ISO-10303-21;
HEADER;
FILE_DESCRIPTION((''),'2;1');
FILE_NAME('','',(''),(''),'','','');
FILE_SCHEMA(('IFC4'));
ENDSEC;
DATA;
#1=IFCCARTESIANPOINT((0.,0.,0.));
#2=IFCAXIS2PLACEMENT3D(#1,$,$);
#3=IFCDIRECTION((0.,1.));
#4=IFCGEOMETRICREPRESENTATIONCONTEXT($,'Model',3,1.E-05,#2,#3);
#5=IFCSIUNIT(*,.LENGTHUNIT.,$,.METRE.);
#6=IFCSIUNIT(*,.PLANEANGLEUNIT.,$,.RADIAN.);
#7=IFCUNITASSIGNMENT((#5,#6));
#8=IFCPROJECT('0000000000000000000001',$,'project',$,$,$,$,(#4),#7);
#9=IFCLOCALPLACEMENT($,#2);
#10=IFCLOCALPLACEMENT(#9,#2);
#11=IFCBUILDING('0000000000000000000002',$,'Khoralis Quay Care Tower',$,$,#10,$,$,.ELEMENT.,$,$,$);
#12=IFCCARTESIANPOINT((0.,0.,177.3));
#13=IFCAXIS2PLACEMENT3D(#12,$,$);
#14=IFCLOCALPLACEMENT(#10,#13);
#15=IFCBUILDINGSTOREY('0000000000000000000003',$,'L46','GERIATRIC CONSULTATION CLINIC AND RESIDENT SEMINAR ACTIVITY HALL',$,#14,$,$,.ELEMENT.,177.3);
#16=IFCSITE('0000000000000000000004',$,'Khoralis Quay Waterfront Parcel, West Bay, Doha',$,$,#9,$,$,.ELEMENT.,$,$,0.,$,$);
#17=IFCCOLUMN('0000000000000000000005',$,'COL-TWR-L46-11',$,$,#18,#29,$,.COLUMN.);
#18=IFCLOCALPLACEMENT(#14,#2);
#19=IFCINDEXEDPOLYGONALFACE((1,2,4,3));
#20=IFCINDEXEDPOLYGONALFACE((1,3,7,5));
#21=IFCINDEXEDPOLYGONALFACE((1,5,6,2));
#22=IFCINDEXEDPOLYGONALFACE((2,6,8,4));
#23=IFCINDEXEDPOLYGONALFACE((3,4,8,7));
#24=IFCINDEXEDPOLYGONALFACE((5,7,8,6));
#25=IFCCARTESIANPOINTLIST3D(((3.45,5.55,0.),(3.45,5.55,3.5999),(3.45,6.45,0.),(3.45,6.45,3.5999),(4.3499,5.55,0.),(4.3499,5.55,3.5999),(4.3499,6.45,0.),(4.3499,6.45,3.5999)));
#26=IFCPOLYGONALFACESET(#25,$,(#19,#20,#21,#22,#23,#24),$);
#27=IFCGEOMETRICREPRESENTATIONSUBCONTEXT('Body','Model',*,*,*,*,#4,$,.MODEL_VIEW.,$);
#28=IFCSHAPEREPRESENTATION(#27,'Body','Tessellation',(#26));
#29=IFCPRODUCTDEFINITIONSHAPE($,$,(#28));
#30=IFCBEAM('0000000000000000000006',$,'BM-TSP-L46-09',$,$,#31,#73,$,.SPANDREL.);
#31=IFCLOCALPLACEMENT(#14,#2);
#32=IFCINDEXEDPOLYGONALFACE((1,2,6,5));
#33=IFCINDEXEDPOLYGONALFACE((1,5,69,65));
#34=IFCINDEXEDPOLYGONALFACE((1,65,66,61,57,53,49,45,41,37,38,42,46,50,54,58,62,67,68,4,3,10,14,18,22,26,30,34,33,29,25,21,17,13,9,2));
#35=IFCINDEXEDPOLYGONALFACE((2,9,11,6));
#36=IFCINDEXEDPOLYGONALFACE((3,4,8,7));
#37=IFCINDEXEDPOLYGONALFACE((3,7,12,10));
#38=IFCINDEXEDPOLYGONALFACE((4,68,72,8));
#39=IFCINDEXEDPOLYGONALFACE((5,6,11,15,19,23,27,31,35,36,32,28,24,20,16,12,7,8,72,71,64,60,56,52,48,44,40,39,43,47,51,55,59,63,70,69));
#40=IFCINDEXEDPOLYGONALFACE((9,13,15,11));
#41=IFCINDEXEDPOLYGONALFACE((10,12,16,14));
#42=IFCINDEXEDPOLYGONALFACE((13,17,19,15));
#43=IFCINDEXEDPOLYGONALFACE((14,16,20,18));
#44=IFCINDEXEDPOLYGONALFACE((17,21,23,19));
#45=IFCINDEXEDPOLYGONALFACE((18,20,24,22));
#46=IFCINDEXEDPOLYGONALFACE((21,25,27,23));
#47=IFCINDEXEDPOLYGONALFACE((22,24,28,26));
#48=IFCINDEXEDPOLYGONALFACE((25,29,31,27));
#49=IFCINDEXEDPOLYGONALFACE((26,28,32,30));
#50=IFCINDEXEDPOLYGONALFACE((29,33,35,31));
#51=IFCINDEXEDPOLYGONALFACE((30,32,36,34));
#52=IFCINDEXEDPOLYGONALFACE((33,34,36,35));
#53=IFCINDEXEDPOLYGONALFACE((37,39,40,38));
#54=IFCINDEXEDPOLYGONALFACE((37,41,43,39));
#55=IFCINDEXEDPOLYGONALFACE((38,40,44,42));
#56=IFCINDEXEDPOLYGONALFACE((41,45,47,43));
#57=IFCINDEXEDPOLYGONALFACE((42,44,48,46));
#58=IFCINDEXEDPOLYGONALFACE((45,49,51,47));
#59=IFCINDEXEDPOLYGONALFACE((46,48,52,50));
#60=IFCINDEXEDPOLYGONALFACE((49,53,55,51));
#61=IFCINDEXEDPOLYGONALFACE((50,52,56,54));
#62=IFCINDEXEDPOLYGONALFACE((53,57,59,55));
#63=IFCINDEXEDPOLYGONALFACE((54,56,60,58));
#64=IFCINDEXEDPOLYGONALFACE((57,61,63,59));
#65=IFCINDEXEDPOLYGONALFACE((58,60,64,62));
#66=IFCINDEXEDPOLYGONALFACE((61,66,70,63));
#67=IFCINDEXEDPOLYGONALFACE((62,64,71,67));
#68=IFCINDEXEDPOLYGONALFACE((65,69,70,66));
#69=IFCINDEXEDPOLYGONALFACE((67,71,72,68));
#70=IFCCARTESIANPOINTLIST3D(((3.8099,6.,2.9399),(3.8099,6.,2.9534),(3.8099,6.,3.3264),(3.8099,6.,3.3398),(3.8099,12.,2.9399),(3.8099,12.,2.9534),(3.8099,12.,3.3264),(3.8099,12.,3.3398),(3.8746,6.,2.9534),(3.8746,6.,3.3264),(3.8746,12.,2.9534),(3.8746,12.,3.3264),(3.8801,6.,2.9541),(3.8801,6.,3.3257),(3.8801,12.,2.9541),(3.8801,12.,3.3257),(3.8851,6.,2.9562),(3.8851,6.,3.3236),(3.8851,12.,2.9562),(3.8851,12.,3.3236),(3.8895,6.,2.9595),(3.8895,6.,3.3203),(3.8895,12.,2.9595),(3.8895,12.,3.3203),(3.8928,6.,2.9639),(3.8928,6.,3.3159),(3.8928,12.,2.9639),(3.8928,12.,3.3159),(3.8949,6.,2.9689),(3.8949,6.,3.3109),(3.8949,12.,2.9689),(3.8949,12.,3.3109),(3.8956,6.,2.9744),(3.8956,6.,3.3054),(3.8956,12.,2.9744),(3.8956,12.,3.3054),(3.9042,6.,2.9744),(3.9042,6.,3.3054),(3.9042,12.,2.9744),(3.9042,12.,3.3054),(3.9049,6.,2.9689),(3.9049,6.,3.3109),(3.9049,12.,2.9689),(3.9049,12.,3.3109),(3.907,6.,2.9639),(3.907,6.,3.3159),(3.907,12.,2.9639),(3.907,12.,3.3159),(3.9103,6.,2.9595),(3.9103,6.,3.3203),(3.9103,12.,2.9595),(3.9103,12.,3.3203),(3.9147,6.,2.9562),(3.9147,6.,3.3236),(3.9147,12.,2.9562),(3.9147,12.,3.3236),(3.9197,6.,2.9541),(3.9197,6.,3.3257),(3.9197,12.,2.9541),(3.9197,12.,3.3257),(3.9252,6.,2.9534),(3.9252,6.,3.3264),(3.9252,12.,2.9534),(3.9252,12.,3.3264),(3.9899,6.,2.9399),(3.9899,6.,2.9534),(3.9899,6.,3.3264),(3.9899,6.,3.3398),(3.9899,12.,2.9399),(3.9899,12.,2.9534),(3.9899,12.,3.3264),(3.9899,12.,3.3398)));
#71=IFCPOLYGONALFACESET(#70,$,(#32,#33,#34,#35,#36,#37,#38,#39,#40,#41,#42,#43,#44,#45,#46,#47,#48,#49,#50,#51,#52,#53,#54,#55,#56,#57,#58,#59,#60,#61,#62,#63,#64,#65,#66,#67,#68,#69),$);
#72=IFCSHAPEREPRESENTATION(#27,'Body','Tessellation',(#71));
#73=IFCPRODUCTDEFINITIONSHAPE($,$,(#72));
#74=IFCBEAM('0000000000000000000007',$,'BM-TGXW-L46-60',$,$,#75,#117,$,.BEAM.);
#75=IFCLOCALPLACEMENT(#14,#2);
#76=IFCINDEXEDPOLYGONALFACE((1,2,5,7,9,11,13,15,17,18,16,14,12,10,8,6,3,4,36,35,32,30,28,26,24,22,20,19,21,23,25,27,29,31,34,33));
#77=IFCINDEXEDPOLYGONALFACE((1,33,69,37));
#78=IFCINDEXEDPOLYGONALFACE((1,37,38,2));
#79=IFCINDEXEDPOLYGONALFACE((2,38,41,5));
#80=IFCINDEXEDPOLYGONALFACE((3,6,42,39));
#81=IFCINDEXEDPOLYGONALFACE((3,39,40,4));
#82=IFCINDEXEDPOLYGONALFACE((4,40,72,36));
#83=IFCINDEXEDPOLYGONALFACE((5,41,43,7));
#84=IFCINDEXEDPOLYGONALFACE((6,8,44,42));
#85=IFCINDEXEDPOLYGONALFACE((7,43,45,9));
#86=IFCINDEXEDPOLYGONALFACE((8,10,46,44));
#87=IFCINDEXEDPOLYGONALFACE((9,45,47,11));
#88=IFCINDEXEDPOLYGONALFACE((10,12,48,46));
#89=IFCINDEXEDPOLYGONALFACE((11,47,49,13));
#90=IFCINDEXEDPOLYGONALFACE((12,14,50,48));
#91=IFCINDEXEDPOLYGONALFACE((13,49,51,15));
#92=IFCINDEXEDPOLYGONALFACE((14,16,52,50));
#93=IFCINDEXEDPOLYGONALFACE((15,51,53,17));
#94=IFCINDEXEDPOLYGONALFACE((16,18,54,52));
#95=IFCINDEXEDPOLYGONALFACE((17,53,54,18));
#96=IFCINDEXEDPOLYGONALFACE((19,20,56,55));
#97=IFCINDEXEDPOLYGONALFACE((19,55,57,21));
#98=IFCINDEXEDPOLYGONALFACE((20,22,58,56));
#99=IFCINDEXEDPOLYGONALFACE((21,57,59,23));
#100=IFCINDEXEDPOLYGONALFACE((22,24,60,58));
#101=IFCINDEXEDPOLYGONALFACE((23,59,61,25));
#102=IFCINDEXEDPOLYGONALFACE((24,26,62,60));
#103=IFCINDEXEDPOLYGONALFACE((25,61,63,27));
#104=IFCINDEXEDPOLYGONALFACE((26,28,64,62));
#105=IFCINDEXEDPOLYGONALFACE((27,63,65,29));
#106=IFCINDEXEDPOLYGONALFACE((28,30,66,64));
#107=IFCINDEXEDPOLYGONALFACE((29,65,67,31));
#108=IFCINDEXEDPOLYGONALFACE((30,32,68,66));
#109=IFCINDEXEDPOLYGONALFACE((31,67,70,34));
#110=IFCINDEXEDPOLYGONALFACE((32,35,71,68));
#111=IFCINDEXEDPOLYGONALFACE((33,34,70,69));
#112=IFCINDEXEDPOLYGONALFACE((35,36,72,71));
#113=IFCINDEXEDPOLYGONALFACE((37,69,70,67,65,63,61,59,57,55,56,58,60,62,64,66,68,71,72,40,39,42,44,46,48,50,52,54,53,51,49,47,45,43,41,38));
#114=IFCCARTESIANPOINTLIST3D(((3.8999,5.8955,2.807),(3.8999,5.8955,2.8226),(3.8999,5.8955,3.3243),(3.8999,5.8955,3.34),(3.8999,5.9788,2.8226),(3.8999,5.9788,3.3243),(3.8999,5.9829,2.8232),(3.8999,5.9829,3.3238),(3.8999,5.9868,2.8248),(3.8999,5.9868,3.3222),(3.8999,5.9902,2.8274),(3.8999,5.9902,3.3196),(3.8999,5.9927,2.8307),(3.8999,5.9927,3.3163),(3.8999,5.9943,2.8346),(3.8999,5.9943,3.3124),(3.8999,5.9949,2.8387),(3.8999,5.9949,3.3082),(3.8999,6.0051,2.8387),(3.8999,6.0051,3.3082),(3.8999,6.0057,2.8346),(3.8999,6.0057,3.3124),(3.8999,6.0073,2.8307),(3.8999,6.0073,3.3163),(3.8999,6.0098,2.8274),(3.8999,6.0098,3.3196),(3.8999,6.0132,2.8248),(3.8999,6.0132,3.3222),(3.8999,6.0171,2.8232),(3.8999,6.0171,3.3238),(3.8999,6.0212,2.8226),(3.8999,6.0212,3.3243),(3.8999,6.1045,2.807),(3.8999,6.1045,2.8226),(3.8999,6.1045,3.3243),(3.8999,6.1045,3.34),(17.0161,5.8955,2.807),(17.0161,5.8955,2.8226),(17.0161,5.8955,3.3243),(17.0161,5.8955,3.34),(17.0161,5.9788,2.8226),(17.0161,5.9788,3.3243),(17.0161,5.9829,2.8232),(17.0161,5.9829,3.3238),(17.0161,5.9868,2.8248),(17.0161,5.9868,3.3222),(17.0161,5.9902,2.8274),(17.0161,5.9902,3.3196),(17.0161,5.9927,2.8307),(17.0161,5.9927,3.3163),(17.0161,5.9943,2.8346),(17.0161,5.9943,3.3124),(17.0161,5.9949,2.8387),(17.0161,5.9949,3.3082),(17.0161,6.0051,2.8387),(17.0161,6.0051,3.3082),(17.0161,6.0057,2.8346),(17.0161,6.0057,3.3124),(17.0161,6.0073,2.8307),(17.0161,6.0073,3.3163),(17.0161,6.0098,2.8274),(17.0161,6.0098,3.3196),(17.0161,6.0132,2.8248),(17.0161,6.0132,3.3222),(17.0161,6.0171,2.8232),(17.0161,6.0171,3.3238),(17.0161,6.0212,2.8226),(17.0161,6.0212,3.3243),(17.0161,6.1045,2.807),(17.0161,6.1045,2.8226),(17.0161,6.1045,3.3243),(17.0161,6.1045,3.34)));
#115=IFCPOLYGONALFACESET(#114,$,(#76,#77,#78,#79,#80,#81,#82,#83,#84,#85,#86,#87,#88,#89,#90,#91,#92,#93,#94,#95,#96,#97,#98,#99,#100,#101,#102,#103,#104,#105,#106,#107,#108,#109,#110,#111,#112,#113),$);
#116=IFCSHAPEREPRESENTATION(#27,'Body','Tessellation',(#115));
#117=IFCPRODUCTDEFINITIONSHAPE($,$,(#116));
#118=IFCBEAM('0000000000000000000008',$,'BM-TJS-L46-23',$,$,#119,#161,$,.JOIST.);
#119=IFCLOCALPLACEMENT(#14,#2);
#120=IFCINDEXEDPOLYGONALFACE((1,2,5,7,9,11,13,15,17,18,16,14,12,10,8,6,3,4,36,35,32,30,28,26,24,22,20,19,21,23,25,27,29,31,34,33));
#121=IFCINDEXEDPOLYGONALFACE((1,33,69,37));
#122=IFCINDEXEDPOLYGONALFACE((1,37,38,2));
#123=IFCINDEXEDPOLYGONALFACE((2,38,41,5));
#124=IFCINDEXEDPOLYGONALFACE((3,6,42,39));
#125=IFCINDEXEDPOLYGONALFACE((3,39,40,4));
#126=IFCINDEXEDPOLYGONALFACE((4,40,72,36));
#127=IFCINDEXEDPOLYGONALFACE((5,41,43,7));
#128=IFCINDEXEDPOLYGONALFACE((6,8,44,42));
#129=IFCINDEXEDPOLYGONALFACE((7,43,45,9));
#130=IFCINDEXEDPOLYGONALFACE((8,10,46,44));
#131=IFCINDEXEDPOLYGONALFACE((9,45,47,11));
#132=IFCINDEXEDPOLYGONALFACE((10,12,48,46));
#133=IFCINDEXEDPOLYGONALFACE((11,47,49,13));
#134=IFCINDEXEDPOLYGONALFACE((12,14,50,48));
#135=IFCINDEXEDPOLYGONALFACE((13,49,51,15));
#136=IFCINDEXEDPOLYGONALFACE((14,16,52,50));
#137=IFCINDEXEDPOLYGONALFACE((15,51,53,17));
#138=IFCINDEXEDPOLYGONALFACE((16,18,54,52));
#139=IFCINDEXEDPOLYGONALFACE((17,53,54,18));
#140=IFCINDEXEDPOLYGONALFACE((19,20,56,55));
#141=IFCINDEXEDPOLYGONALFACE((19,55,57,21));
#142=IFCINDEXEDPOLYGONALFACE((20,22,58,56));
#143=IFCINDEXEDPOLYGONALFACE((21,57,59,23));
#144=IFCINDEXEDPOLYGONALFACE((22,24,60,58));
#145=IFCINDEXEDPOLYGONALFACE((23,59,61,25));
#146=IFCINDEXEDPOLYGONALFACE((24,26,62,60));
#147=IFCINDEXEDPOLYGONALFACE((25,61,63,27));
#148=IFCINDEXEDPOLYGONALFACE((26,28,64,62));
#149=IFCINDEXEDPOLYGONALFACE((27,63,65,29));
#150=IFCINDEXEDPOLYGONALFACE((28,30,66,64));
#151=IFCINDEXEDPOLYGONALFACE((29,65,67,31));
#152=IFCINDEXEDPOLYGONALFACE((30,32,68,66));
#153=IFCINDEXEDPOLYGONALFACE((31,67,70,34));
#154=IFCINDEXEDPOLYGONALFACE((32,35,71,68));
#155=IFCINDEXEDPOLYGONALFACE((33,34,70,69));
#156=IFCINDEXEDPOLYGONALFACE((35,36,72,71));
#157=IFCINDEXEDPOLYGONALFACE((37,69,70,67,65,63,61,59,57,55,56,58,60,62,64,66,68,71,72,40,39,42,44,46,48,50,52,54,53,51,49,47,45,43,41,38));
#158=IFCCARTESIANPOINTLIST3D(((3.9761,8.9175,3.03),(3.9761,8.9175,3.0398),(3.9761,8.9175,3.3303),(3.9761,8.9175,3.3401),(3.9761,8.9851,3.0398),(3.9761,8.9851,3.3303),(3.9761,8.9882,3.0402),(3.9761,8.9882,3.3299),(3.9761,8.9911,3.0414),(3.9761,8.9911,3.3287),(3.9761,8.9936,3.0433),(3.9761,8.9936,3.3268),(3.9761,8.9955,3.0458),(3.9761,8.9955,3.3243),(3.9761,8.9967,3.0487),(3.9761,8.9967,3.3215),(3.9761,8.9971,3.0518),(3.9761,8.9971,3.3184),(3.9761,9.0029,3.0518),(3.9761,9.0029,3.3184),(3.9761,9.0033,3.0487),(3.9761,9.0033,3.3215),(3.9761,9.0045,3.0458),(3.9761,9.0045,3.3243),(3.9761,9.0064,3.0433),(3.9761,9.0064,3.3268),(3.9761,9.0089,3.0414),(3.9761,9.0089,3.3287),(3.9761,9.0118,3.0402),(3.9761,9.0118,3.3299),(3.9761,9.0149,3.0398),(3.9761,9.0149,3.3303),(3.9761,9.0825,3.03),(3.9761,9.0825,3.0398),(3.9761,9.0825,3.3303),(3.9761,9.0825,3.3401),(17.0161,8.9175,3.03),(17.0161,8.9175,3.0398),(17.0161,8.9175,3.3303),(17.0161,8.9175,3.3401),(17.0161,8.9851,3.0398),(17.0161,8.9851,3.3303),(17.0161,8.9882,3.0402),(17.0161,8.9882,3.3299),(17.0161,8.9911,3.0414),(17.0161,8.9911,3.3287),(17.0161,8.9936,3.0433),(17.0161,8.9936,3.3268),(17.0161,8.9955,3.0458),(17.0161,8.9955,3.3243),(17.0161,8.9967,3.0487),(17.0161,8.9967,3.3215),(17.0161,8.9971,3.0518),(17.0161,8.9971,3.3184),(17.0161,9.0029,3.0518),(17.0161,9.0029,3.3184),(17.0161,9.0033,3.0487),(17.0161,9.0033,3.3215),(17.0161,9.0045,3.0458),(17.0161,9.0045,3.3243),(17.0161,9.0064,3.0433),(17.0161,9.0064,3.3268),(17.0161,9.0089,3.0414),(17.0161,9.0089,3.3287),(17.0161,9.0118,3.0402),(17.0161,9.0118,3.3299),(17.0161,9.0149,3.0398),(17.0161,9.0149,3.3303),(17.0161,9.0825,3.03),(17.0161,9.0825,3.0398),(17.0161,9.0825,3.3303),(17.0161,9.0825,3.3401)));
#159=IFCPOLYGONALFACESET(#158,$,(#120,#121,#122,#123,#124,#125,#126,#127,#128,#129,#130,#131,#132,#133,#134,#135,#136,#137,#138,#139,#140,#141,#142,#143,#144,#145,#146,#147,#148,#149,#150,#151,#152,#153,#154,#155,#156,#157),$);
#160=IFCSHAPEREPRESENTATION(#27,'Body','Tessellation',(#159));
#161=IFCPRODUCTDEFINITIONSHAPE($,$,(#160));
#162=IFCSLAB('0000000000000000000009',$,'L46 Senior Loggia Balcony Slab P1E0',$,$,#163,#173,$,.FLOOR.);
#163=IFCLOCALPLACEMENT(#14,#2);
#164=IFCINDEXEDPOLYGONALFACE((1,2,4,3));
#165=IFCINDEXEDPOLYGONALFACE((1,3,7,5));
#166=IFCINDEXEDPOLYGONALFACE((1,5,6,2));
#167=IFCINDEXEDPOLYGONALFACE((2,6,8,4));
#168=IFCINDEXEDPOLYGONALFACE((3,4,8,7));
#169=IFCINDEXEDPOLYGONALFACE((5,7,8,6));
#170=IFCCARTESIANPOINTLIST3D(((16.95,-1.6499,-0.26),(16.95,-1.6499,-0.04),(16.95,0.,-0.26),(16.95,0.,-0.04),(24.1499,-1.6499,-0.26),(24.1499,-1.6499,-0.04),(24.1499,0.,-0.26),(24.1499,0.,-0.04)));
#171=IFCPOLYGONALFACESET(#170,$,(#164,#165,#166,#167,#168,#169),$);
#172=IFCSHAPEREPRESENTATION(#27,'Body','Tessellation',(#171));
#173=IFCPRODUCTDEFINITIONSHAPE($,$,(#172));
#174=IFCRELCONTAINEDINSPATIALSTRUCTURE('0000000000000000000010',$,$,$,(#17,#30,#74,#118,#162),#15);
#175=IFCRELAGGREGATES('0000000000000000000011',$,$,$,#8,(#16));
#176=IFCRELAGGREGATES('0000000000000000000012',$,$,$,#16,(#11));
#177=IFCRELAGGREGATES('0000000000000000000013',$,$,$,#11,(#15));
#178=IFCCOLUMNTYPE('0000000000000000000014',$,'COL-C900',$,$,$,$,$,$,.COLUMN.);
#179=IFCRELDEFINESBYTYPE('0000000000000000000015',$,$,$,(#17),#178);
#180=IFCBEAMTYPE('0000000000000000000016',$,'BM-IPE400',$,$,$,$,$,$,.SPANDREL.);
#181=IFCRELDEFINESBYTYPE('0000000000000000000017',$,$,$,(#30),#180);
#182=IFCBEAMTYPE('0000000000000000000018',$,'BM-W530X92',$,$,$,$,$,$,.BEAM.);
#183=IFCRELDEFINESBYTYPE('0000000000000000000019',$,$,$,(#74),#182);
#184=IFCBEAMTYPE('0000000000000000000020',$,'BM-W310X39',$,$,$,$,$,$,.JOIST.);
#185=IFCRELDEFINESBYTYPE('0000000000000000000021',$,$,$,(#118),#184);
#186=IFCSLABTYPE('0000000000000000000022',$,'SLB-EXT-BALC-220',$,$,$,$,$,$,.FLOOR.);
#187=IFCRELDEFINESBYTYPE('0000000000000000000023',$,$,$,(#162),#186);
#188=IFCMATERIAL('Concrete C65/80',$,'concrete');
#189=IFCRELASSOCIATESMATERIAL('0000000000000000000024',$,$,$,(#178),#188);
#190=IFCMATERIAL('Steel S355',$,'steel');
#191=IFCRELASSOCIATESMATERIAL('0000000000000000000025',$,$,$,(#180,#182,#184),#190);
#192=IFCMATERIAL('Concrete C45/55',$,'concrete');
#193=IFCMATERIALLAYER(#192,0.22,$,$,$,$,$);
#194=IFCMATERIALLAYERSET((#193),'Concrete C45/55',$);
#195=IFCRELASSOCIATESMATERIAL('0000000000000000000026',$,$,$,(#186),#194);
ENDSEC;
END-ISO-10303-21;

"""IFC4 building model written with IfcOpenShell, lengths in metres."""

from ifc_helpers import new_model, si_unit, direction, frame, origin, origin_2d, place, context, subcontext, project, spatial, polyline, rectangle, i_section, outline, extrude, source, transform, mapped, material, layer, layer_set, material_profile, profile_set, type_object, element, save


model = new_model("IFC4")

# Units and contexts
model_context = context("Model", 3, precision=1e-05, world=origin(), true_north=direction((0.0, 1.0)))
body_context = subcontext(model_context, "Body", "Model", "MODEL_VIEW")
ifc_project = project(units=[si_unit("LENGTHUNIT", "METRE"), si_unit("PLANEANGLEUNIT", "RADIAN")], contexts=[model_context])

# Site, building, storey
site_placement = place(None, origin())
site = spatial("IfcSite", under=ifc_project, at=site_placement, Name="Khoralis Quay Waterfront Parcel, West Bay, Doha", CompositionType="ELEMENT", RefElevation=0.0)
building_placement = place(site_placement, origin())
building = spatial("IfcBuilding", under=site, at=building_placement, Name="Khoralis Quay Care Tower", CompositionType="ELEMENT")
storey_placement = place(building_placement, frame((0.0, 0.0, 177.3)))
storey = spatial("IfcBuildingStorey", under=building, at=storey_placement, Name="L46", Description="GERIATRIC CONSULTATION CLINIC AND RESIDENT SEMINAR ACTIVITY HALL", CompositionType="ELEMENT", Elevation=177.3)

# Column
ifc_material_1 = material(Name="Concrete C65/80", Category="concrete")
ifc_material_profile_1 = material_profile(ifc_material_1, rectangle(XDim=0.8999, YDim=0.8999, at=origin_2d()), Name="Concrete C65/80")
ifc_profile_set_1 = profile_set([ifc_material_profile_1], Name="Concrete C65/80")
column_type = type_object("IfcColumnType", Name="COL-C900", PredefinedType="COLUMN", material=ifc_profile_set_1)
shared_shape_1 = source(origin(), body_context, "Body", "SweptSolid", [
    extrude(rectangle(XDim=0.8999, YDim=0.8999, at=origin_2d()), origin(), (0.0, 0.0, 1.0), 3.5999),
])
column_placement = place(storey_placement, frame((3.8999, 6.0, 0.0), z_axis=(0.0, 0.0, 1.0), x_axis=(1.0, 0.0, 0.0)))
element("IfcColumn", 1, at=column_placement, inside=storey, type_object=column_type, Name="COL-TWR-L46-11", PredefinedType="COLUMN", context=body_context, shape_type="MappedRepresentation", body=[
    mapped(shared_shape_1, transform((0.0, 0.0, 0.0), scale=1.0)),
])

# Beams
ifc_material_2 = material(Name="Steel S355", Category="steel")
ifc_material_profile_2 = material_profile(ifc_material_2, i_section(OverallWidth=0.1799, OverallDepth=0.3999, WebThickness=0.0085, FlangeThickness=0.0134, FilletRadius=0.021, at=origin_2d()), Name="Steel S355")
ifc_profile_set_2 = profile_set([ifc_material_profile_2], Name="Steel S355")
beam_type_1 = type_object("IfcBeamType", Name="BM-IPE400", PredefinedType="SPANDREL", material=ifc_profile_set_2)
shared_shape_2 = source(origin(), body_context, "Body", "SweptSolid", [
    extrude(i_section(OverallWidth=0.1799, OverallDepth=0.3999, WebThickness=0.0085, FlangeThickness=0.0134, FilletRadius=0.021, at=origin_2d()), origin(), (0.0, 0.0, 1.0), 6.0),
])
beam_1_placement = place(storey_placement, frame((3.8999, 6.0, 3.1399), z_axis=(0.0, 1.0, 0.0), x_axis=(-1.0, 0.0, 0.0)))
element("IfcBeam", 2, at=beam_1_placement, inside=storey, type_object=beam_type_1, Name="BM-TSP-L46-09", PredefinedType="SPANDREL", context=body_context, shape_type="MappedRepresentation", body=[
    mapped(shared_shape_2, transform((0.0, 0.0, 0.0), scale=1.0)),
])
ifc_material_profile_3 = material_profile(ifc_material_2, i_section(OverallWidth=0.209, OverallDepth=0.533, WebThickness=0.0103, FlangeThickness=0.0156, FilletRadius=0.0161, at=origin_2d()), Name="Steel S355")
ifc_profile_set_3 = profile_set([ifc_material_profile_3], Name="Steel S355")
beam_type_2 = type_object("IfcBeamType", Name="BM-W530X92", PredefinedType="BEAM", material=ifc_profile_set_3)
shared_shape_3 = source(origin(), body_context, "Body", "SweptSolid", [
    extrude(i_section(OverallWidth=0.209, OverallDepth=0.533, WebThickness=0.0103, FlangeThickness=0.0156, FilletRadius=0.0161, at=origin_2d()), origin(), (0.0, 0.0, 1.0), 13.1162),
])
beam_2_placement = place(storey_placement, frame((3.8999, 6.0, 3.0735), z_axis=(1.0, 0.0, 0.0), x_axis=(0.0, 1.0, 0.0)))
element("IfcBeam", 3, at=beam_2_placement, inside=storey, type_object=beam_type_2, Name="BM-TGXW-L46-60", PredefinedType="BEAM", context=body_context, shape_type="MappedRepresentation", body=[
    mapped(shared_shape_3, transform((0.0, 0.0, 0.0), scale=1.0)),
])
ifc_material_profile_4 = material_profile(ifc_material_2, i_section(OverallWidth=0.165, OverallDepth=0.3101, WebThickness=0.0059, FlangeThickness=0.0098, FilletRadius=0.012, at=origin_2d()), Name="Steel S355")
ifc_profile_set_4 = profile_set([ifc_material_profile_4], Name="Steel S355")
beam_type_3 = type_object("IfcBeamType", Name="BM-W310X39", PredefinedType="JOIST", material=ifc_profile_set_4)
shared_shape_4 = source(origin(), body_context, "Body", "SweptSolid", [
    extrude(i_section(OverallWidth=0.165, OverallDepth=0.3101, WebThickness=0.0059, FlangeThickness=0.0098, FilletRadius=0.012, at=origin_2d()), origin(), (0.0, 0.0, 1.0), 13.04),
])
beam_3_placement = place(storey_placement, frame((3.9761, 9.0, 3.1851), z_axis=(1.0, 0.0, 0.0), x_axis=(0.0, 1.0, 0.0)))
element("IfcBeam", 4, at=beam_3_placement, inside=storey, type_object=beam_type_3, Name="BM-TJS-L46-23", PredefinedType="JOIST", context=body_context, shape_type="MappedRepresentation", body=[
    mapped(shared_shape_4, transform((0.0, 0.0, 0.0), scale=1.0)),
])

# Slab
ifc_material_3 = material(Name="Concrete C45/55", Category="concrete")
ifc_layer_1 = layer(ifc_material_3, 0.22)
ifc_layer_set_1 = layer_set([ifc_layer_1], Name="Concrete C45/55")
slab_type_1 = type_object("IfcSlabType", Name="SLB-EXT-BALC-220", PredefinedType="FLOOR", material=ifc_layer_set_1)
slab_1_placement = place(storey_placement, frame((0.0, 0.0, -0.26)))
element("IfcSlab", 5, at=slab_1_placement, inside=storey, type_object=slab_type_1, Name="L46 Senior Loggia Balcony Slab P1E0", PredefinedType="FLOOR", context=body_context, shape_type="SweptSolid", body=[
    extrude(outline(polyline([(16.95, -1.6499), (24.1499, -1.6499), (24.1499, 0.0), (16.95, 0.0), (16.95, -1.6499)])), origin(), (0.0, 0.0, 1.0), 0.22),
])

save(model, "model.ifc")
